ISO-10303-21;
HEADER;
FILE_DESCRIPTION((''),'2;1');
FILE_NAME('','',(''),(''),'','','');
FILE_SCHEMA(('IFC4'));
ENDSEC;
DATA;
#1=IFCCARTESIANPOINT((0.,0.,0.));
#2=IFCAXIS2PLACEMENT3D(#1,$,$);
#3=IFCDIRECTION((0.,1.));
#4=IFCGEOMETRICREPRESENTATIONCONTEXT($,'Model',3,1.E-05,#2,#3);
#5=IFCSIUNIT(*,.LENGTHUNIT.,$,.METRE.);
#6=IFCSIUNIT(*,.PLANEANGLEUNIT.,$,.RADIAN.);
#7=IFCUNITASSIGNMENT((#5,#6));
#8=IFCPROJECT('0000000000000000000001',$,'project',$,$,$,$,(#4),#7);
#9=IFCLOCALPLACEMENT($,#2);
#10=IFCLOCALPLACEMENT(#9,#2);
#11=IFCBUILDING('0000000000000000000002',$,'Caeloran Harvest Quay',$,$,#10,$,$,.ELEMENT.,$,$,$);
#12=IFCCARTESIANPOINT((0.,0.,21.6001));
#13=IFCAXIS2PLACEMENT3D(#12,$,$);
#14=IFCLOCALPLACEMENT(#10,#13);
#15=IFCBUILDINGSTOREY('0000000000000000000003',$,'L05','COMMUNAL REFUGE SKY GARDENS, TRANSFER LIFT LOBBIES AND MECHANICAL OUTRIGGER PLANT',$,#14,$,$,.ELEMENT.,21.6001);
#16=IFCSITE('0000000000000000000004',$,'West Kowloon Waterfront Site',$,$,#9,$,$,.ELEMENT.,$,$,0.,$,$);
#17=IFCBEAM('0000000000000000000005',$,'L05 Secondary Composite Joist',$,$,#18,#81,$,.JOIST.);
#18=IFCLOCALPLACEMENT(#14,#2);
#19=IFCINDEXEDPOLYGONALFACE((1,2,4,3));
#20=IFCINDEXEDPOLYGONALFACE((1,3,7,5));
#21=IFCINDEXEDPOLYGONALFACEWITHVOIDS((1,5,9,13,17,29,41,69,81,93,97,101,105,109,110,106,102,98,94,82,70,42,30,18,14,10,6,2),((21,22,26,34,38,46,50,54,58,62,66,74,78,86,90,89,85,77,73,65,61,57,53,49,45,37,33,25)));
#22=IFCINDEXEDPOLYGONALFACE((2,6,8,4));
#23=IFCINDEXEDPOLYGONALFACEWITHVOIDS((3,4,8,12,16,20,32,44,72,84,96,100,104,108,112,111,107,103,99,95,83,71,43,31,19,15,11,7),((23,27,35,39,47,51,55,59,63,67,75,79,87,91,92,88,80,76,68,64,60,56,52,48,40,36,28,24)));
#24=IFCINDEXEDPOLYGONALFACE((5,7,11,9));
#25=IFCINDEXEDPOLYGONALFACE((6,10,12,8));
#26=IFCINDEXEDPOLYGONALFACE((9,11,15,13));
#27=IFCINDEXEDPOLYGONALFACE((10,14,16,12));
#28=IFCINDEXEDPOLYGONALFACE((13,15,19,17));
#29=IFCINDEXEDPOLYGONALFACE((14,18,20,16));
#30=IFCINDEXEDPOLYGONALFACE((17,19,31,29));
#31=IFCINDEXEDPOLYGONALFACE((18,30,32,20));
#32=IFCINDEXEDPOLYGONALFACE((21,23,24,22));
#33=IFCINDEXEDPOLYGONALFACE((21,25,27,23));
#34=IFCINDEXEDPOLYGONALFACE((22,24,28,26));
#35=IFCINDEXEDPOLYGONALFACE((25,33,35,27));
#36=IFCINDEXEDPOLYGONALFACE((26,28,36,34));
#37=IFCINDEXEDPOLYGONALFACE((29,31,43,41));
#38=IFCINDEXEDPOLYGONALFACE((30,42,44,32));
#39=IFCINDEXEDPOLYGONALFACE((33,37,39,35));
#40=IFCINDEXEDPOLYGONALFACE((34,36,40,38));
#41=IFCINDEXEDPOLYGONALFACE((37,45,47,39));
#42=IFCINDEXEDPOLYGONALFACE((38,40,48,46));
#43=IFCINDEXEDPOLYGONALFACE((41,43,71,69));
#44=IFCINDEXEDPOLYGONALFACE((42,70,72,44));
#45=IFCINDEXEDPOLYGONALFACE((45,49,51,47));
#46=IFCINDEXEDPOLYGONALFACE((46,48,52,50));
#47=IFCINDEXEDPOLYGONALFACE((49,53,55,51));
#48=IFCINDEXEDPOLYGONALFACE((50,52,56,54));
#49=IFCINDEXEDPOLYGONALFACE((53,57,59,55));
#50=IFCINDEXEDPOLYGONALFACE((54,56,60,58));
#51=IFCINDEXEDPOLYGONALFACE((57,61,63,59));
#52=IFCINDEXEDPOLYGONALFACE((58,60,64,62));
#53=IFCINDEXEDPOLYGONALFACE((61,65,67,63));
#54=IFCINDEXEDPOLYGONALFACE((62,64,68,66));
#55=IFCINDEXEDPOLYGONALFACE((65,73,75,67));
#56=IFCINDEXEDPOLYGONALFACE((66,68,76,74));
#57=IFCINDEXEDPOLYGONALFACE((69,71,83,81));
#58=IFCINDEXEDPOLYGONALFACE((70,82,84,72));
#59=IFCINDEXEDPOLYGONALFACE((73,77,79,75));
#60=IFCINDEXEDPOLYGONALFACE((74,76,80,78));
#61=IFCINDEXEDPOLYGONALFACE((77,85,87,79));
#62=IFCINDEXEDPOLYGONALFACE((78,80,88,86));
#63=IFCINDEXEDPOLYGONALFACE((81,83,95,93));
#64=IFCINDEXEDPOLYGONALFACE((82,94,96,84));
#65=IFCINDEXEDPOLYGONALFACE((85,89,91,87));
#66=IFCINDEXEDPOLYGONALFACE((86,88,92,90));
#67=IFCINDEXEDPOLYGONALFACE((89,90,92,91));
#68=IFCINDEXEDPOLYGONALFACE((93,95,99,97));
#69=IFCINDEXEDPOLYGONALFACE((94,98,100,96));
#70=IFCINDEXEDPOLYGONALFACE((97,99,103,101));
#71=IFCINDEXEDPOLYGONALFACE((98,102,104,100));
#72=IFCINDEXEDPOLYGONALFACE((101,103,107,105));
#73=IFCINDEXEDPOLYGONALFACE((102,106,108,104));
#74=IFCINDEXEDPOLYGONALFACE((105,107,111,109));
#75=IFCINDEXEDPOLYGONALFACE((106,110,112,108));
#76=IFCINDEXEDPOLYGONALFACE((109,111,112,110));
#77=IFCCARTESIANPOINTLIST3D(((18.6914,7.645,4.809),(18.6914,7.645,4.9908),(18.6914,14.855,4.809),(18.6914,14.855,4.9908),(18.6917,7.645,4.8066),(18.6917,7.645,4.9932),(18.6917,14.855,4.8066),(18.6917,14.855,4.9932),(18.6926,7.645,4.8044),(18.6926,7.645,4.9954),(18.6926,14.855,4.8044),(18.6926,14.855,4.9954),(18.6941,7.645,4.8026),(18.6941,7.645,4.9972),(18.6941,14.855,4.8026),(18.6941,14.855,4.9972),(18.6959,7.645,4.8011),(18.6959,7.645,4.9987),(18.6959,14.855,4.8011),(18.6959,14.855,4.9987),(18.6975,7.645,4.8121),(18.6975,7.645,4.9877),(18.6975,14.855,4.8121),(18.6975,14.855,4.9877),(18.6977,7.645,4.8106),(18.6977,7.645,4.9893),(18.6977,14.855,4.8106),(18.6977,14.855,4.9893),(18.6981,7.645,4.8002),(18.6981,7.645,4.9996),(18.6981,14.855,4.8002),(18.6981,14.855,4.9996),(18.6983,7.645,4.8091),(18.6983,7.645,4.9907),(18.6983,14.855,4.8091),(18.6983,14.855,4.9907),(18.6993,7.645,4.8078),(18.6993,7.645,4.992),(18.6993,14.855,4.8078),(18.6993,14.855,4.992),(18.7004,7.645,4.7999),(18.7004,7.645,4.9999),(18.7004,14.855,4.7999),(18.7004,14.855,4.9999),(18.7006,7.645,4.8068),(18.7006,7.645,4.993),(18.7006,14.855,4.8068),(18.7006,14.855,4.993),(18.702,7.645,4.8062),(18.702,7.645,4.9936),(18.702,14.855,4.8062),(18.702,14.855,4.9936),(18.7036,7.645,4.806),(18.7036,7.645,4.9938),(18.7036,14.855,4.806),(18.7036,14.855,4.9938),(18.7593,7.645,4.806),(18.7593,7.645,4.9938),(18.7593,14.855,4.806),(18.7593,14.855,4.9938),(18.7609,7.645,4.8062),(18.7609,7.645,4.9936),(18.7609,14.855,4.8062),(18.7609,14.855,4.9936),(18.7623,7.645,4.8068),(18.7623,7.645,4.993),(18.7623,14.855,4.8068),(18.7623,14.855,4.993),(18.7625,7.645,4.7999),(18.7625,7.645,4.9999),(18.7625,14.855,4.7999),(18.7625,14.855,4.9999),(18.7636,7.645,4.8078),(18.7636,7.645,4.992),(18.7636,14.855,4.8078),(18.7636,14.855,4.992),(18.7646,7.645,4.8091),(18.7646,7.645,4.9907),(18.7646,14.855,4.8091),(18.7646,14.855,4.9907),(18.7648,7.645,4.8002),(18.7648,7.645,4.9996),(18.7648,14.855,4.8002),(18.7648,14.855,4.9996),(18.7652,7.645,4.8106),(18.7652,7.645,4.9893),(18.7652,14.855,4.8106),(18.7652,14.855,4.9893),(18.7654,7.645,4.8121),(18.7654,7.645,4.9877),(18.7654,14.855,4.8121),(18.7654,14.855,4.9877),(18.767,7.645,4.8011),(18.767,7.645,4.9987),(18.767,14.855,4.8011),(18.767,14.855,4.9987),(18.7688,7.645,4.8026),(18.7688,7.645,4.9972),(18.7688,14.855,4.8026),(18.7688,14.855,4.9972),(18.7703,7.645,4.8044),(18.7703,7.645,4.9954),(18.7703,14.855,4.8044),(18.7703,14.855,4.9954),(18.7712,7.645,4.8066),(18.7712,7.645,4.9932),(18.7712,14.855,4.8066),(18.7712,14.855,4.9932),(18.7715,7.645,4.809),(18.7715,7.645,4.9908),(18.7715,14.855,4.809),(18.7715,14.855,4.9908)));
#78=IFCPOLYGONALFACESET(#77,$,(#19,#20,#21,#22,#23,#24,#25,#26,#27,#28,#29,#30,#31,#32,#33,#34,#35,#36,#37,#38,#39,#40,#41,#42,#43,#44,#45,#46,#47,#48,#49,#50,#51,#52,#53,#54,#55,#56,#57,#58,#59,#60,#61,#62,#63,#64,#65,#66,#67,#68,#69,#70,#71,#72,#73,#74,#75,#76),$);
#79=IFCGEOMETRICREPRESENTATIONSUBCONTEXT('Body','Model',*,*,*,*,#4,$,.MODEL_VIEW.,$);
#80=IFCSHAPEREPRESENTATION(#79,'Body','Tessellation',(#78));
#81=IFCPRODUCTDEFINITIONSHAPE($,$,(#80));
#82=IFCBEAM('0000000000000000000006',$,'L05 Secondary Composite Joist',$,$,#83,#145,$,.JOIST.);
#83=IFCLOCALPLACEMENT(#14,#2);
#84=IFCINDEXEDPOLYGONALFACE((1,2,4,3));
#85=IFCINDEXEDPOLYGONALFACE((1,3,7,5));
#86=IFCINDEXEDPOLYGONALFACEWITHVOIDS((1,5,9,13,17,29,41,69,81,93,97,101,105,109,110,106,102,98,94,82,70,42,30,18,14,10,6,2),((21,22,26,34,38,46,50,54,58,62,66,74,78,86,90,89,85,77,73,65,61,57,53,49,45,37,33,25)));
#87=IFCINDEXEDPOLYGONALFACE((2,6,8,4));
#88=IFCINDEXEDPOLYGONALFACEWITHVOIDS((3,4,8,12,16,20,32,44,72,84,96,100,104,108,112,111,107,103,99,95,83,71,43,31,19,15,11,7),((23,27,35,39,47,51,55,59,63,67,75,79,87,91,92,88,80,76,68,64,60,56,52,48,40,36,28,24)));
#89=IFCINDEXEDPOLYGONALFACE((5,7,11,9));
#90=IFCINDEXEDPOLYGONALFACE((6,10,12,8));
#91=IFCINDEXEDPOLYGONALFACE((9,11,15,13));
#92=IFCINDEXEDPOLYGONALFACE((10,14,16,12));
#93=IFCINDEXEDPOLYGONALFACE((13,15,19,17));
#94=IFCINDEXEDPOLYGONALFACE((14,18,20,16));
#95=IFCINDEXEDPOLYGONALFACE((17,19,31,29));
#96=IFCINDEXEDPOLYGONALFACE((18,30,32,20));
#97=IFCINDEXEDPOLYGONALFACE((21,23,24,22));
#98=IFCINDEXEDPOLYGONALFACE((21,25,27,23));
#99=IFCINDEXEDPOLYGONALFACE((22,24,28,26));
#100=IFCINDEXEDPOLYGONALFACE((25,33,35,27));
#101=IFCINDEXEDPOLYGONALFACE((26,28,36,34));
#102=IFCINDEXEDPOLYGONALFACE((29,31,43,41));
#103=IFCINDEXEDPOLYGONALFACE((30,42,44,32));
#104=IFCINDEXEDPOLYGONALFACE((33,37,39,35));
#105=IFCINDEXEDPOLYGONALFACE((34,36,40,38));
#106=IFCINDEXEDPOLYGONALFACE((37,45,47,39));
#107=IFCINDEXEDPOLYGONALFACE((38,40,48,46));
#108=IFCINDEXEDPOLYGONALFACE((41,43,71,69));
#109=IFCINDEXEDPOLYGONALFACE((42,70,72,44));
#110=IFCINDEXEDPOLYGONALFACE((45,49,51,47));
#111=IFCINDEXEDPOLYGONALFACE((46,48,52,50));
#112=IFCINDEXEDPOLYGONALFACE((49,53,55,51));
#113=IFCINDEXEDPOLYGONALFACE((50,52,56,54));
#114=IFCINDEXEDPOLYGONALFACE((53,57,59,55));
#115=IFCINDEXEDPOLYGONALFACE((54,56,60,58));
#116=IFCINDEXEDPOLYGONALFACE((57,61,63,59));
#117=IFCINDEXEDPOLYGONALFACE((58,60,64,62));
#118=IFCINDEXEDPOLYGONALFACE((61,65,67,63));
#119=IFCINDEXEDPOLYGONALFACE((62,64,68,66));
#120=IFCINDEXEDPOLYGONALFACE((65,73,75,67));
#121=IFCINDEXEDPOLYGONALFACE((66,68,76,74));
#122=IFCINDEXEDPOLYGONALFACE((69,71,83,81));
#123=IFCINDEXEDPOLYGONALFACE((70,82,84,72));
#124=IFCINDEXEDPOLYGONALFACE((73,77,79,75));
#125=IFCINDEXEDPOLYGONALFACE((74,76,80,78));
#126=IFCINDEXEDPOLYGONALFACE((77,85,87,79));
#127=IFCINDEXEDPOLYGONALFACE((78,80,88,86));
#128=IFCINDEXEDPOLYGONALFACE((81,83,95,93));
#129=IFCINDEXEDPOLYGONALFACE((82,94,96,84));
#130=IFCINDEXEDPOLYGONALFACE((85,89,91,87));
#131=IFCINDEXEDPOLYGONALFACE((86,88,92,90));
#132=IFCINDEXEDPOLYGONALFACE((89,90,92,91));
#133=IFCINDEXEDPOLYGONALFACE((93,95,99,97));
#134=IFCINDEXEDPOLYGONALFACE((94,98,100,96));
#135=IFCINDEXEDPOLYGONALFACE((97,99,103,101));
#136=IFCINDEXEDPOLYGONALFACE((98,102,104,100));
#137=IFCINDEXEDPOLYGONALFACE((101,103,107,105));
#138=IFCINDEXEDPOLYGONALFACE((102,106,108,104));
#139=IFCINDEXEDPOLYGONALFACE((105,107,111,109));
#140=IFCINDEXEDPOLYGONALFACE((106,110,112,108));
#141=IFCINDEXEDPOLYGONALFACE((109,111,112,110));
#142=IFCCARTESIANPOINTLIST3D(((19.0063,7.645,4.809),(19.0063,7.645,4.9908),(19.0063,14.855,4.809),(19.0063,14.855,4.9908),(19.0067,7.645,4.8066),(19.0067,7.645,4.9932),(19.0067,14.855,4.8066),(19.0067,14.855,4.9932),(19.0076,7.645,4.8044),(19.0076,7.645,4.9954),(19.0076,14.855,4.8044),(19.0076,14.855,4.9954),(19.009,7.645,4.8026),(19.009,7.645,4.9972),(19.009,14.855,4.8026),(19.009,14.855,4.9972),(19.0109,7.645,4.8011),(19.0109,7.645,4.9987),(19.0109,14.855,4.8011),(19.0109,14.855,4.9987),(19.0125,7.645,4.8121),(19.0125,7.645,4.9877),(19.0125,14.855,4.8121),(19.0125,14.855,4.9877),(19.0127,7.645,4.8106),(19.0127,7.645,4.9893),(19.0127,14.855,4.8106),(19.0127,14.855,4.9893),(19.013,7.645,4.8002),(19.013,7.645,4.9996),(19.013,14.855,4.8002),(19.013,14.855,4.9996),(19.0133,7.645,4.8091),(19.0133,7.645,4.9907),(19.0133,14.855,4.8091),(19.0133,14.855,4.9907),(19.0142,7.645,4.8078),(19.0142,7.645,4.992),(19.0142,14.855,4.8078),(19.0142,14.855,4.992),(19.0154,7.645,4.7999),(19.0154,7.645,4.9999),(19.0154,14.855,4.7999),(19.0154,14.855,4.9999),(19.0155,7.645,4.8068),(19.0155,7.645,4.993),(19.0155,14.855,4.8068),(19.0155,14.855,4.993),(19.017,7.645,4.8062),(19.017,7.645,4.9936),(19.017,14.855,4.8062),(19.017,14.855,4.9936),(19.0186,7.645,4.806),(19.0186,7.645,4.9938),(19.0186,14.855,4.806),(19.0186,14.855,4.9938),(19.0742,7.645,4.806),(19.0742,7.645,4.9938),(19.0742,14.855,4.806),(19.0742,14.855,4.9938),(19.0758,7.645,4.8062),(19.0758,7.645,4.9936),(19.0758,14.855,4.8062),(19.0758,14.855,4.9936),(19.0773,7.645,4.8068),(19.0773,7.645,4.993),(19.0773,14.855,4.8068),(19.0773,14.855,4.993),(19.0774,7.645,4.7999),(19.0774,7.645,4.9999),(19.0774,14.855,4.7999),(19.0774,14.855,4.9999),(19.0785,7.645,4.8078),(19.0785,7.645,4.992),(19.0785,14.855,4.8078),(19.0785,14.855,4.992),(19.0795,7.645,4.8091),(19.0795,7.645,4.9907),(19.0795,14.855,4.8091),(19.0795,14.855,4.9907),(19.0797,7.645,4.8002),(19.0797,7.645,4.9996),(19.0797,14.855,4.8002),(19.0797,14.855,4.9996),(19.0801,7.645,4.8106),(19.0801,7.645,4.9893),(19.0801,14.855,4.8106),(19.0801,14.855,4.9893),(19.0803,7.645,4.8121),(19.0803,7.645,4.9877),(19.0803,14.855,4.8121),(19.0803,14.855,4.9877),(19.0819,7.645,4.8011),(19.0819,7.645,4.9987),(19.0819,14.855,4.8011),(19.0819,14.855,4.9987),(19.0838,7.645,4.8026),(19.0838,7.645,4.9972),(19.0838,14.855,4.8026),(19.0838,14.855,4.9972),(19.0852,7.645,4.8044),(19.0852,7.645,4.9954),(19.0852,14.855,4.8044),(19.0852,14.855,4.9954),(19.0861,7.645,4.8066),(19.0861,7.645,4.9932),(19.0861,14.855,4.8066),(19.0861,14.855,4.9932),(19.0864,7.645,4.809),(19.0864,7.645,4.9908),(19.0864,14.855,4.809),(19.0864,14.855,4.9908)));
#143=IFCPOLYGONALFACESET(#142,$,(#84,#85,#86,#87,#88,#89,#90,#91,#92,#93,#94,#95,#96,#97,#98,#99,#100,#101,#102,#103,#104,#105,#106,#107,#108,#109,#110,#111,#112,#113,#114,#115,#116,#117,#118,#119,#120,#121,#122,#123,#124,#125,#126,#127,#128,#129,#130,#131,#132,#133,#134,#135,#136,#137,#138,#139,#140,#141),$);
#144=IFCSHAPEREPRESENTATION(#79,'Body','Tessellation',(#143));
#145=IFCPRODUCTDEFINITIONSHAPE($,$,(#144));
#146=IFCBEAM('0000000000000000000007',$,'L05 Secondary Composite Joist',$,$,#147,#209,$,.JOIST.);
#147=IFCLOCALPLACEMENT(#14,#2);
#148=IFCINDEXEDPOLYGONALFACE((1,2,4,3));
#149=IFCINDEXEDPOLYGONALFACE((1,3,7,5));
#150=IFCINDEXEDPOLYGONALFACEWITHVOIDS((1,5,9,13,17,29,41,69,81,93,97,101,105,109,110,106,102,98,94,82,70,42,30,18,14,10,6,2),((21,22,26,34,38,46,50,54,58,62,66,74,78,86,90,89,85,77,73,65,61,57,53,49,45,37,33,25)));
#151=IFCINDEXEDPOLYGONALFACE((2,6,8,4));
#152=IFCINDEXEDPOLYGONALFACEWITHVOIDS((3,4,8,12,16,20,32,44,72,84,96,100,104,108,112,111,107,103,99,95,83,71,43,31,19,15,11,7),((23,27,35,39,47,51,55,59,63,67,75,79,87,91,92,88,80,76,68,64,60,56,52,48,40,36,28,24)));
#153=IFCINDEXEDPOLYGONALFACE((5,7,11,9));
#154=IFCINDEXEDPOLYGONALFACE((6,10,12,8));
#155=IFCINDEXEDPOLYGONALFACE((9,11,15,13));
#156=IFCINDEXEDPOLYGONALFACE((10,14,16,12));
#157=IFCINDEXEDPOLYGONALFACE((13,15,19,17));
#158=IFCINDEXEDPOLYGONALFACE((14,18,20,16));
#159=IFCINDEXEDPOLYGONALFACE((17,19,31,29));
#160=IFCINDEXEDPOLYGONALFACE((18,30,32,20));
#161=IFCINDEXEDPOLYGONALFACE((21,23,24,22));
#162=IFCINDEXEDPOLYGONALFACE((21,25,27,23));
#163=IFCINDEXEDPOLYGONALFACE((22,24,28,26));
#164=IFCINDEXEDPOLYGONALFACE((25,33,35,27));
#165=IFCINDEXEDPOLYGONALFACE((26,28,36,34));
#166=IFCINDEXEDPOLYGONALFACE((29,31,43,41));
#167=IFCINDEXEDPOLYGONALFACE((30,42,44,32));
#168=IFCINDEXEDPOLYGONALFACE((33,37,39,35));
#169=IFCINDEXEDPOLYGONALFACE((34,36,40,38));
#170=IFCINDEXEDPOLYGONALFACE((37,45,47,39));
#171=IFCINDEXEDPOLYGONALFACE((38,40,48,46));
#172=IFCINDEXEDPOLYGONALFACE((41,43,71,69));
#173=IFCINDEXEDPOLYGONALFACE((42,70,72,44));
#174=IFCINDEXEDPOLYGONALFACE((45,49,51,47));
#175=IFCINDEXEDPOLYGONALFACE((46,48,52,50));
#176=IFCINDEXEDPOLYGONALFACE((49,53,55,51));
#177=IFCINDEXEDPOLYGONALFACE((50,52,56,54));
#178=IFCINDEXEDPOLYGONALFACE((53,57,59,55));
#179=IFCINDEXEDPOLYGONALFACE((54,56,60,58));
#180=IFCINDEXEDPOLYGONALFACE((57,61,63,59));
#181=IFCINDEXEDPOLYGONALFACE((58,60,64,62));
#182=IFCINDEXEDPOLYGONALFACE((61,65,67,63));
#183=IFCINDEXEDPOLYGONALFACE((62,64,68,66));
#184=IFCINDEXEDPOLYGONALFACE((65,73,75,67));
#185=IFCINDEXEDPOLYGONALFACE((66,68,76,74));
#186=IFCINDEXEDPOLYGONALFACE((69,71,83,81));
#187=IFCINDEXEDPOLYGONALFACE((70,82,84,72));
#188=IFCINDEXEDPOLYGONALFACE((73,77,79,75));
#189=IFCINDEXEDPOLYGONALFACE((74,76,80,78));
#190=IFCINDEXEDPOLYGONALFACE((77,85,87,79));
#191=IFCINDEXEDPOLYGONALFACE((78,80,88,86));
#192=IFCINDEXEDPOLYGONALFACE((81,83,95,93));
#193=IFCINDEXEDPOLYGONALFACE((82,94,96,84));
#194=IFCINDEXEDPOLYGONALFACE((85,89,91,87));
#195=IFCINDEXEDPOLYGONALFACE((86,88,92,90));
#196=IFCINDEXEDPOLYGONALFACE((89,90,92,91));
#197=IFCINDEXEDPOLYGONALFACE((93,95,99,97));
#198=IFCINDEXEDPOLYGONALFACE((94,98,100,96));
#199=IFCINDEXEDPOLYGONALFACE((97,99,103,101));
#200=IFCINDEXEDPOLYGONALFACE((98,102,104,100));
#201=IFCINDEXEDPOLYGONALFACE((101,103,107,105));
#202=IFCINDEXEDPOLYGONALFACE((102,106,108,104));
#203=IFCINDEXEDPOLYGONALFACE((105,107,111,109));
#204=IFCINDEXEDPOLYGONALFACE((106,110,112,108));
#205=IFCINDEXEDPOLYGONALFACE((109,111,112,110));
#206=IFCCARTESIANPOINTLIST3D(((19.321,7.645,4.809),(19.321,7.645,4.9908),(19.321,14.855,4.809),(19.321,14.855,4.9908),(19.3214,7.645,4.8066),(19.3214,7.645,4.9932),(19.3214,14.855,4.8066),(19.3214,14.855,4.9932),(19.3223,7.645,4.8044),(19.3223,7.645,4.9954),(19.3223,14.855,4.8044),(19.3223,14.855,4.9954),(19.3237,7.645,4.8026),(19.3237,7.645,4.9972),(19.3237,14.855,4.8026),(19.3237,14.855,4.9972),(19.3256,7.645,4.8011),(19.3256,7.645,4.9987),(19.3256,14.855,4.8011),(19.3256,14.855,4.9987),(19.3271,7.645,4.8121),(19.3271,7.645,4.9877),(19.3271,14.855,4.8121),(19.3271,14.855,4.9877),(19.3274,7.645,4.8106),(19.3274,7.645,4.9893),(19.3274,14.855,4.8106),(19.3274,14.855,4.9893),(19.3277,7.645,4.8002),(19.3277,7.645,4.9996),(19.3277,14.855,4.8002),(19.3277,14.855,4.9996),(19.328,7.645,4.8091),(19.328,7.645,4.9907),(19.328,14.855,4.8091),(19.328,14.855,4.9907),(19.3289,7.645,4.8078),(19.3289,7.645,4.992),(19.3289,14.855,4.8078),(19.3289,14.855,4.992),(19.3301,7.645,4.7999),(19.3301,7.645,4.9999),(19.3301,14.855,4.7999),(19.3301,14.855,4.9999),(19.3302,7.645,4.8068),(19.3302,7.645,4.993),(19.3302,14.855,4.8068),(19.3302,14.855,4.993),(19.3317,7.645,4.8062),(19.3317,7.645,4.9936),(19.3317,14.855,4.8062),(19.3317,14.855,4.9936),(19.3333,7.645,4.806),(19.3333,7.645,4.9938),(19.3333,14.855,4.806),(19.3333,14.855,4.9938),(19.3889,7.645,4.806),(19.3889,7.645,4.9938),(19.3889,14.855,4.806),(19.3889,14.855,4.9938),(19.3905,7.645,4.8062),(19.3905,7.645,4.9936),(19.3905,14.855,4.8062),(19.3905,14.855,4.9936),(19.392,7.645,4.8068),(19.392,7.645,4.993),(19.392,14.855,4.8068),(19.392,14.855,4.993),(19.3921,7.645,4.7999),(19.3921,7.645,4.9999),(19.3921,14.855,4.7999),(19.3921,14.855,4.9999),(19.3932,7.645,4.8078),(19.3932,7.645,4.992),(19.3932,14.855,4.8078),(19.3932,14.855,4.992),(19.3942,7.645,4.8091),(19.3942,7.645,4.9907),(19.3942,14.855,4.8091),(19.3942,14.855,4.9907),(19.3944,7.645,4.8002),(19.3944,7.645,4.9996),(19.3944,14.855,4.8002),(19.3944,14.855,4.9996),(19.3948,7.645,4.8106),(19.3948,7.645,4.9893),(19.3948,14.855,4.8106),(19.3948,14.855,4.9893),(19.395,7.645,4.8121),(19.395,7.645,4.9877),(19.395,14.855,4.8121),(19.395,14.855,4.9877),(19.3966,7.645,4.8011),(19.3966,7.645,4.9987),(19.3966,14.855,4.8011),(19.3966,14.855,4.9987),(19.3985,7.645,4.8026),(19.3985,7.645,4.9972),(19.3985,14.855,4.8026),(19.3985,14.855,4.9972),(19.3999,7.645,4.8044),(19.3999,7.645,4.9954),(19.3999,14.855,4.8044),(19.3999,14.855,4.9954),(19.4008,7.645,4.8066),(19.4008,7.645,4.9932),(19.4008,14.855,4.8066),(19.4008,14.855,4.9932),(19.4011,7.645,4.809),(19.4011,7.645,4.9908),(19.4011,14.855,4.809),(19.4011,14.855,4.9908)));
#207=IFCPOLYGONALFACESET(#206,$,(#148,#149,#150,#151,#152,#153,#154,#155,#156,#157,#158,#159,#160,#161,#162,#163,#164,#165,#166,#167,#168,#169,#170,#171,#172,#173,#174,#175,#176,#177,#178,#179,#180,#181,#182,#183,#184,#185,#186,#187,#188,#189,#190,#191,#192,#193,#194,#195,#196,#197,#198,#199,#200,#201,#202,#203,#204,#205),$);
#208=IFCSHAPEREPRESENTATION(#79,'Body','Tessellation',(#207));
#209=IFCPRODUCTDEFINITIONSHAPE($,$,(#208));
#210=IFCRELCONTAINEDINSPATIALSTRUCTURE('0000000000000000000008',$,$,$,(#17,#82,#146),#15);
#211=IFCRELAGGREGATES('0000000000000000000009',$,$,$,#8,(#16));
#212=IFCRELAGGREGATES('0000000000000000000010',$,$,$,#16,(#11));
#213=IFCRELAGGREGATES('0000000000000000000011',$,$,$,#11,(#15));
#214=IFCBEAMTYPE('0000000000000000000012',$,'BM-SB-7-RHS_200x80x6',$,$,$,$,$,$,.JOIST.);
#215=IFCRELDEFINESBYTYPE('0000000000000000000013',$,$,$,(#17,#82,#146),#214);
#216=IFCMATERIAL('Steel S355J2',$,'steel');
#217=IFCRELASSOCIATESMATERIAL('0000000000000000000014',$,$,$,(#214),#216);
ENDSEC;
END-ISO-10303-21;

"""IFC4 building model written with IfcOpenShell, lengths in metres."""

from ifc_helpers import new_model, si_unit, direction, frame, origin, origin_2d, place, context, subcontext, project, spatial, hollow_rectangle, extrude, material, material_profile, profile_set, type_object, element, save


model = new_model("IFC4")

# Units and contexts
model_context = context("Model", 3, precision=1e-05, world=origin(), true_north=direction((0.0, 1.0)))
body_context = subcontext(model_context, "Body", "Model", "MODEL_VIEW")
ifc_project = project(units=[si_unit("LENGTHUNIT", "METRE"), si_unit("PLANEANGLEUNIT", "RADIAN")], contexts=[model_context])

# Site, building, storey
site_placement = place(None, origin())
site = spatial("IfcSite", under=ifc_project, at=site_placement, Name="West Kowloon Waterfront Site", CompositionType="ELEMENT", RefElevation=0.0)
building_placement = place(site_placement, origin())
building = spatial("IfcBuilding", under=site, at=building_placement, Name="Caeloran Harvest Quay", CompositionType="ELEMENT")
storey_placement = place(building_placement, frame((0.0, 0.0, 21.6001)))
storey = spatial("IfcBuildingStorey", under=building, at=storey_placement, Name="L05", Description="COMMUNAL REFUGE SKY GARDENS, TRANSFER LIFT LOBBIES AND MECHANICAL OUTRIGGER PLANT", CompositionType="ELEMENT", Elevation=21.6001)

# Beams
ifc_material_1 = material(Name="Steel S355J2", Category="steel")
ifc_material_profile_1 = material_profile(ifc_material_1, hollow_rectangle(XDim=0.0801, YDim=0.2, WallThickness=0.0061, InnerFilletRadius=0.0061, OuterFilletRadius=0.009, at=origin_2d()), Name="RHS 200x80x6")
ifc_profile_set_1 = profile_set([ifc_material_profile_1], Name="Steel S355J2")
beam_type_1 = type_object("IfcBeamType", Name="BM-SB-7-RHS_200x80x6", PredefinedType="JOIST", material=ifc_profile_set_1)
for number, where, z_axis, x_axis, name in (
    (1, (18.7314, 7.645, 4.8999), (0.0, 1.0, 0.0), (-1.0, 0.0, 0.0), "L05 Secondary Composite Joist"),
    (2, (19.0464, 7.645, 4.8999), (0.0, 1.0, 0.0), (-1.0, 0.0, 0.0), "L05 Secondary Composite Joist"),
    (3, (19.3611, 7.645, 4.8999), (0.0, 1.0, 0.0), (-1.0, 0.0, 0.0), "L05 Secondary Composite Joist"),
):
    element("IfcBeam", number, at=place(storey_placement, frame(where, z_axis=z_axis, x_axis=x_axis)), inside=storey, type_object=beam_type_1, Name=name, PredefinedType="JOIST", context=body_context, shape_type="SweptSolid", body=[
        extrude(hollow_rectangle(XDim=0.0801, YDim=0.2, WallThickness=0.0061, InnerFilletRadius=0.0061, OuterFilletRadius=0.009, at=origin_2d()), origin(), (0.0, 0.0, 1.0), 7.21),
    ])

save(model, "model.ifc")
